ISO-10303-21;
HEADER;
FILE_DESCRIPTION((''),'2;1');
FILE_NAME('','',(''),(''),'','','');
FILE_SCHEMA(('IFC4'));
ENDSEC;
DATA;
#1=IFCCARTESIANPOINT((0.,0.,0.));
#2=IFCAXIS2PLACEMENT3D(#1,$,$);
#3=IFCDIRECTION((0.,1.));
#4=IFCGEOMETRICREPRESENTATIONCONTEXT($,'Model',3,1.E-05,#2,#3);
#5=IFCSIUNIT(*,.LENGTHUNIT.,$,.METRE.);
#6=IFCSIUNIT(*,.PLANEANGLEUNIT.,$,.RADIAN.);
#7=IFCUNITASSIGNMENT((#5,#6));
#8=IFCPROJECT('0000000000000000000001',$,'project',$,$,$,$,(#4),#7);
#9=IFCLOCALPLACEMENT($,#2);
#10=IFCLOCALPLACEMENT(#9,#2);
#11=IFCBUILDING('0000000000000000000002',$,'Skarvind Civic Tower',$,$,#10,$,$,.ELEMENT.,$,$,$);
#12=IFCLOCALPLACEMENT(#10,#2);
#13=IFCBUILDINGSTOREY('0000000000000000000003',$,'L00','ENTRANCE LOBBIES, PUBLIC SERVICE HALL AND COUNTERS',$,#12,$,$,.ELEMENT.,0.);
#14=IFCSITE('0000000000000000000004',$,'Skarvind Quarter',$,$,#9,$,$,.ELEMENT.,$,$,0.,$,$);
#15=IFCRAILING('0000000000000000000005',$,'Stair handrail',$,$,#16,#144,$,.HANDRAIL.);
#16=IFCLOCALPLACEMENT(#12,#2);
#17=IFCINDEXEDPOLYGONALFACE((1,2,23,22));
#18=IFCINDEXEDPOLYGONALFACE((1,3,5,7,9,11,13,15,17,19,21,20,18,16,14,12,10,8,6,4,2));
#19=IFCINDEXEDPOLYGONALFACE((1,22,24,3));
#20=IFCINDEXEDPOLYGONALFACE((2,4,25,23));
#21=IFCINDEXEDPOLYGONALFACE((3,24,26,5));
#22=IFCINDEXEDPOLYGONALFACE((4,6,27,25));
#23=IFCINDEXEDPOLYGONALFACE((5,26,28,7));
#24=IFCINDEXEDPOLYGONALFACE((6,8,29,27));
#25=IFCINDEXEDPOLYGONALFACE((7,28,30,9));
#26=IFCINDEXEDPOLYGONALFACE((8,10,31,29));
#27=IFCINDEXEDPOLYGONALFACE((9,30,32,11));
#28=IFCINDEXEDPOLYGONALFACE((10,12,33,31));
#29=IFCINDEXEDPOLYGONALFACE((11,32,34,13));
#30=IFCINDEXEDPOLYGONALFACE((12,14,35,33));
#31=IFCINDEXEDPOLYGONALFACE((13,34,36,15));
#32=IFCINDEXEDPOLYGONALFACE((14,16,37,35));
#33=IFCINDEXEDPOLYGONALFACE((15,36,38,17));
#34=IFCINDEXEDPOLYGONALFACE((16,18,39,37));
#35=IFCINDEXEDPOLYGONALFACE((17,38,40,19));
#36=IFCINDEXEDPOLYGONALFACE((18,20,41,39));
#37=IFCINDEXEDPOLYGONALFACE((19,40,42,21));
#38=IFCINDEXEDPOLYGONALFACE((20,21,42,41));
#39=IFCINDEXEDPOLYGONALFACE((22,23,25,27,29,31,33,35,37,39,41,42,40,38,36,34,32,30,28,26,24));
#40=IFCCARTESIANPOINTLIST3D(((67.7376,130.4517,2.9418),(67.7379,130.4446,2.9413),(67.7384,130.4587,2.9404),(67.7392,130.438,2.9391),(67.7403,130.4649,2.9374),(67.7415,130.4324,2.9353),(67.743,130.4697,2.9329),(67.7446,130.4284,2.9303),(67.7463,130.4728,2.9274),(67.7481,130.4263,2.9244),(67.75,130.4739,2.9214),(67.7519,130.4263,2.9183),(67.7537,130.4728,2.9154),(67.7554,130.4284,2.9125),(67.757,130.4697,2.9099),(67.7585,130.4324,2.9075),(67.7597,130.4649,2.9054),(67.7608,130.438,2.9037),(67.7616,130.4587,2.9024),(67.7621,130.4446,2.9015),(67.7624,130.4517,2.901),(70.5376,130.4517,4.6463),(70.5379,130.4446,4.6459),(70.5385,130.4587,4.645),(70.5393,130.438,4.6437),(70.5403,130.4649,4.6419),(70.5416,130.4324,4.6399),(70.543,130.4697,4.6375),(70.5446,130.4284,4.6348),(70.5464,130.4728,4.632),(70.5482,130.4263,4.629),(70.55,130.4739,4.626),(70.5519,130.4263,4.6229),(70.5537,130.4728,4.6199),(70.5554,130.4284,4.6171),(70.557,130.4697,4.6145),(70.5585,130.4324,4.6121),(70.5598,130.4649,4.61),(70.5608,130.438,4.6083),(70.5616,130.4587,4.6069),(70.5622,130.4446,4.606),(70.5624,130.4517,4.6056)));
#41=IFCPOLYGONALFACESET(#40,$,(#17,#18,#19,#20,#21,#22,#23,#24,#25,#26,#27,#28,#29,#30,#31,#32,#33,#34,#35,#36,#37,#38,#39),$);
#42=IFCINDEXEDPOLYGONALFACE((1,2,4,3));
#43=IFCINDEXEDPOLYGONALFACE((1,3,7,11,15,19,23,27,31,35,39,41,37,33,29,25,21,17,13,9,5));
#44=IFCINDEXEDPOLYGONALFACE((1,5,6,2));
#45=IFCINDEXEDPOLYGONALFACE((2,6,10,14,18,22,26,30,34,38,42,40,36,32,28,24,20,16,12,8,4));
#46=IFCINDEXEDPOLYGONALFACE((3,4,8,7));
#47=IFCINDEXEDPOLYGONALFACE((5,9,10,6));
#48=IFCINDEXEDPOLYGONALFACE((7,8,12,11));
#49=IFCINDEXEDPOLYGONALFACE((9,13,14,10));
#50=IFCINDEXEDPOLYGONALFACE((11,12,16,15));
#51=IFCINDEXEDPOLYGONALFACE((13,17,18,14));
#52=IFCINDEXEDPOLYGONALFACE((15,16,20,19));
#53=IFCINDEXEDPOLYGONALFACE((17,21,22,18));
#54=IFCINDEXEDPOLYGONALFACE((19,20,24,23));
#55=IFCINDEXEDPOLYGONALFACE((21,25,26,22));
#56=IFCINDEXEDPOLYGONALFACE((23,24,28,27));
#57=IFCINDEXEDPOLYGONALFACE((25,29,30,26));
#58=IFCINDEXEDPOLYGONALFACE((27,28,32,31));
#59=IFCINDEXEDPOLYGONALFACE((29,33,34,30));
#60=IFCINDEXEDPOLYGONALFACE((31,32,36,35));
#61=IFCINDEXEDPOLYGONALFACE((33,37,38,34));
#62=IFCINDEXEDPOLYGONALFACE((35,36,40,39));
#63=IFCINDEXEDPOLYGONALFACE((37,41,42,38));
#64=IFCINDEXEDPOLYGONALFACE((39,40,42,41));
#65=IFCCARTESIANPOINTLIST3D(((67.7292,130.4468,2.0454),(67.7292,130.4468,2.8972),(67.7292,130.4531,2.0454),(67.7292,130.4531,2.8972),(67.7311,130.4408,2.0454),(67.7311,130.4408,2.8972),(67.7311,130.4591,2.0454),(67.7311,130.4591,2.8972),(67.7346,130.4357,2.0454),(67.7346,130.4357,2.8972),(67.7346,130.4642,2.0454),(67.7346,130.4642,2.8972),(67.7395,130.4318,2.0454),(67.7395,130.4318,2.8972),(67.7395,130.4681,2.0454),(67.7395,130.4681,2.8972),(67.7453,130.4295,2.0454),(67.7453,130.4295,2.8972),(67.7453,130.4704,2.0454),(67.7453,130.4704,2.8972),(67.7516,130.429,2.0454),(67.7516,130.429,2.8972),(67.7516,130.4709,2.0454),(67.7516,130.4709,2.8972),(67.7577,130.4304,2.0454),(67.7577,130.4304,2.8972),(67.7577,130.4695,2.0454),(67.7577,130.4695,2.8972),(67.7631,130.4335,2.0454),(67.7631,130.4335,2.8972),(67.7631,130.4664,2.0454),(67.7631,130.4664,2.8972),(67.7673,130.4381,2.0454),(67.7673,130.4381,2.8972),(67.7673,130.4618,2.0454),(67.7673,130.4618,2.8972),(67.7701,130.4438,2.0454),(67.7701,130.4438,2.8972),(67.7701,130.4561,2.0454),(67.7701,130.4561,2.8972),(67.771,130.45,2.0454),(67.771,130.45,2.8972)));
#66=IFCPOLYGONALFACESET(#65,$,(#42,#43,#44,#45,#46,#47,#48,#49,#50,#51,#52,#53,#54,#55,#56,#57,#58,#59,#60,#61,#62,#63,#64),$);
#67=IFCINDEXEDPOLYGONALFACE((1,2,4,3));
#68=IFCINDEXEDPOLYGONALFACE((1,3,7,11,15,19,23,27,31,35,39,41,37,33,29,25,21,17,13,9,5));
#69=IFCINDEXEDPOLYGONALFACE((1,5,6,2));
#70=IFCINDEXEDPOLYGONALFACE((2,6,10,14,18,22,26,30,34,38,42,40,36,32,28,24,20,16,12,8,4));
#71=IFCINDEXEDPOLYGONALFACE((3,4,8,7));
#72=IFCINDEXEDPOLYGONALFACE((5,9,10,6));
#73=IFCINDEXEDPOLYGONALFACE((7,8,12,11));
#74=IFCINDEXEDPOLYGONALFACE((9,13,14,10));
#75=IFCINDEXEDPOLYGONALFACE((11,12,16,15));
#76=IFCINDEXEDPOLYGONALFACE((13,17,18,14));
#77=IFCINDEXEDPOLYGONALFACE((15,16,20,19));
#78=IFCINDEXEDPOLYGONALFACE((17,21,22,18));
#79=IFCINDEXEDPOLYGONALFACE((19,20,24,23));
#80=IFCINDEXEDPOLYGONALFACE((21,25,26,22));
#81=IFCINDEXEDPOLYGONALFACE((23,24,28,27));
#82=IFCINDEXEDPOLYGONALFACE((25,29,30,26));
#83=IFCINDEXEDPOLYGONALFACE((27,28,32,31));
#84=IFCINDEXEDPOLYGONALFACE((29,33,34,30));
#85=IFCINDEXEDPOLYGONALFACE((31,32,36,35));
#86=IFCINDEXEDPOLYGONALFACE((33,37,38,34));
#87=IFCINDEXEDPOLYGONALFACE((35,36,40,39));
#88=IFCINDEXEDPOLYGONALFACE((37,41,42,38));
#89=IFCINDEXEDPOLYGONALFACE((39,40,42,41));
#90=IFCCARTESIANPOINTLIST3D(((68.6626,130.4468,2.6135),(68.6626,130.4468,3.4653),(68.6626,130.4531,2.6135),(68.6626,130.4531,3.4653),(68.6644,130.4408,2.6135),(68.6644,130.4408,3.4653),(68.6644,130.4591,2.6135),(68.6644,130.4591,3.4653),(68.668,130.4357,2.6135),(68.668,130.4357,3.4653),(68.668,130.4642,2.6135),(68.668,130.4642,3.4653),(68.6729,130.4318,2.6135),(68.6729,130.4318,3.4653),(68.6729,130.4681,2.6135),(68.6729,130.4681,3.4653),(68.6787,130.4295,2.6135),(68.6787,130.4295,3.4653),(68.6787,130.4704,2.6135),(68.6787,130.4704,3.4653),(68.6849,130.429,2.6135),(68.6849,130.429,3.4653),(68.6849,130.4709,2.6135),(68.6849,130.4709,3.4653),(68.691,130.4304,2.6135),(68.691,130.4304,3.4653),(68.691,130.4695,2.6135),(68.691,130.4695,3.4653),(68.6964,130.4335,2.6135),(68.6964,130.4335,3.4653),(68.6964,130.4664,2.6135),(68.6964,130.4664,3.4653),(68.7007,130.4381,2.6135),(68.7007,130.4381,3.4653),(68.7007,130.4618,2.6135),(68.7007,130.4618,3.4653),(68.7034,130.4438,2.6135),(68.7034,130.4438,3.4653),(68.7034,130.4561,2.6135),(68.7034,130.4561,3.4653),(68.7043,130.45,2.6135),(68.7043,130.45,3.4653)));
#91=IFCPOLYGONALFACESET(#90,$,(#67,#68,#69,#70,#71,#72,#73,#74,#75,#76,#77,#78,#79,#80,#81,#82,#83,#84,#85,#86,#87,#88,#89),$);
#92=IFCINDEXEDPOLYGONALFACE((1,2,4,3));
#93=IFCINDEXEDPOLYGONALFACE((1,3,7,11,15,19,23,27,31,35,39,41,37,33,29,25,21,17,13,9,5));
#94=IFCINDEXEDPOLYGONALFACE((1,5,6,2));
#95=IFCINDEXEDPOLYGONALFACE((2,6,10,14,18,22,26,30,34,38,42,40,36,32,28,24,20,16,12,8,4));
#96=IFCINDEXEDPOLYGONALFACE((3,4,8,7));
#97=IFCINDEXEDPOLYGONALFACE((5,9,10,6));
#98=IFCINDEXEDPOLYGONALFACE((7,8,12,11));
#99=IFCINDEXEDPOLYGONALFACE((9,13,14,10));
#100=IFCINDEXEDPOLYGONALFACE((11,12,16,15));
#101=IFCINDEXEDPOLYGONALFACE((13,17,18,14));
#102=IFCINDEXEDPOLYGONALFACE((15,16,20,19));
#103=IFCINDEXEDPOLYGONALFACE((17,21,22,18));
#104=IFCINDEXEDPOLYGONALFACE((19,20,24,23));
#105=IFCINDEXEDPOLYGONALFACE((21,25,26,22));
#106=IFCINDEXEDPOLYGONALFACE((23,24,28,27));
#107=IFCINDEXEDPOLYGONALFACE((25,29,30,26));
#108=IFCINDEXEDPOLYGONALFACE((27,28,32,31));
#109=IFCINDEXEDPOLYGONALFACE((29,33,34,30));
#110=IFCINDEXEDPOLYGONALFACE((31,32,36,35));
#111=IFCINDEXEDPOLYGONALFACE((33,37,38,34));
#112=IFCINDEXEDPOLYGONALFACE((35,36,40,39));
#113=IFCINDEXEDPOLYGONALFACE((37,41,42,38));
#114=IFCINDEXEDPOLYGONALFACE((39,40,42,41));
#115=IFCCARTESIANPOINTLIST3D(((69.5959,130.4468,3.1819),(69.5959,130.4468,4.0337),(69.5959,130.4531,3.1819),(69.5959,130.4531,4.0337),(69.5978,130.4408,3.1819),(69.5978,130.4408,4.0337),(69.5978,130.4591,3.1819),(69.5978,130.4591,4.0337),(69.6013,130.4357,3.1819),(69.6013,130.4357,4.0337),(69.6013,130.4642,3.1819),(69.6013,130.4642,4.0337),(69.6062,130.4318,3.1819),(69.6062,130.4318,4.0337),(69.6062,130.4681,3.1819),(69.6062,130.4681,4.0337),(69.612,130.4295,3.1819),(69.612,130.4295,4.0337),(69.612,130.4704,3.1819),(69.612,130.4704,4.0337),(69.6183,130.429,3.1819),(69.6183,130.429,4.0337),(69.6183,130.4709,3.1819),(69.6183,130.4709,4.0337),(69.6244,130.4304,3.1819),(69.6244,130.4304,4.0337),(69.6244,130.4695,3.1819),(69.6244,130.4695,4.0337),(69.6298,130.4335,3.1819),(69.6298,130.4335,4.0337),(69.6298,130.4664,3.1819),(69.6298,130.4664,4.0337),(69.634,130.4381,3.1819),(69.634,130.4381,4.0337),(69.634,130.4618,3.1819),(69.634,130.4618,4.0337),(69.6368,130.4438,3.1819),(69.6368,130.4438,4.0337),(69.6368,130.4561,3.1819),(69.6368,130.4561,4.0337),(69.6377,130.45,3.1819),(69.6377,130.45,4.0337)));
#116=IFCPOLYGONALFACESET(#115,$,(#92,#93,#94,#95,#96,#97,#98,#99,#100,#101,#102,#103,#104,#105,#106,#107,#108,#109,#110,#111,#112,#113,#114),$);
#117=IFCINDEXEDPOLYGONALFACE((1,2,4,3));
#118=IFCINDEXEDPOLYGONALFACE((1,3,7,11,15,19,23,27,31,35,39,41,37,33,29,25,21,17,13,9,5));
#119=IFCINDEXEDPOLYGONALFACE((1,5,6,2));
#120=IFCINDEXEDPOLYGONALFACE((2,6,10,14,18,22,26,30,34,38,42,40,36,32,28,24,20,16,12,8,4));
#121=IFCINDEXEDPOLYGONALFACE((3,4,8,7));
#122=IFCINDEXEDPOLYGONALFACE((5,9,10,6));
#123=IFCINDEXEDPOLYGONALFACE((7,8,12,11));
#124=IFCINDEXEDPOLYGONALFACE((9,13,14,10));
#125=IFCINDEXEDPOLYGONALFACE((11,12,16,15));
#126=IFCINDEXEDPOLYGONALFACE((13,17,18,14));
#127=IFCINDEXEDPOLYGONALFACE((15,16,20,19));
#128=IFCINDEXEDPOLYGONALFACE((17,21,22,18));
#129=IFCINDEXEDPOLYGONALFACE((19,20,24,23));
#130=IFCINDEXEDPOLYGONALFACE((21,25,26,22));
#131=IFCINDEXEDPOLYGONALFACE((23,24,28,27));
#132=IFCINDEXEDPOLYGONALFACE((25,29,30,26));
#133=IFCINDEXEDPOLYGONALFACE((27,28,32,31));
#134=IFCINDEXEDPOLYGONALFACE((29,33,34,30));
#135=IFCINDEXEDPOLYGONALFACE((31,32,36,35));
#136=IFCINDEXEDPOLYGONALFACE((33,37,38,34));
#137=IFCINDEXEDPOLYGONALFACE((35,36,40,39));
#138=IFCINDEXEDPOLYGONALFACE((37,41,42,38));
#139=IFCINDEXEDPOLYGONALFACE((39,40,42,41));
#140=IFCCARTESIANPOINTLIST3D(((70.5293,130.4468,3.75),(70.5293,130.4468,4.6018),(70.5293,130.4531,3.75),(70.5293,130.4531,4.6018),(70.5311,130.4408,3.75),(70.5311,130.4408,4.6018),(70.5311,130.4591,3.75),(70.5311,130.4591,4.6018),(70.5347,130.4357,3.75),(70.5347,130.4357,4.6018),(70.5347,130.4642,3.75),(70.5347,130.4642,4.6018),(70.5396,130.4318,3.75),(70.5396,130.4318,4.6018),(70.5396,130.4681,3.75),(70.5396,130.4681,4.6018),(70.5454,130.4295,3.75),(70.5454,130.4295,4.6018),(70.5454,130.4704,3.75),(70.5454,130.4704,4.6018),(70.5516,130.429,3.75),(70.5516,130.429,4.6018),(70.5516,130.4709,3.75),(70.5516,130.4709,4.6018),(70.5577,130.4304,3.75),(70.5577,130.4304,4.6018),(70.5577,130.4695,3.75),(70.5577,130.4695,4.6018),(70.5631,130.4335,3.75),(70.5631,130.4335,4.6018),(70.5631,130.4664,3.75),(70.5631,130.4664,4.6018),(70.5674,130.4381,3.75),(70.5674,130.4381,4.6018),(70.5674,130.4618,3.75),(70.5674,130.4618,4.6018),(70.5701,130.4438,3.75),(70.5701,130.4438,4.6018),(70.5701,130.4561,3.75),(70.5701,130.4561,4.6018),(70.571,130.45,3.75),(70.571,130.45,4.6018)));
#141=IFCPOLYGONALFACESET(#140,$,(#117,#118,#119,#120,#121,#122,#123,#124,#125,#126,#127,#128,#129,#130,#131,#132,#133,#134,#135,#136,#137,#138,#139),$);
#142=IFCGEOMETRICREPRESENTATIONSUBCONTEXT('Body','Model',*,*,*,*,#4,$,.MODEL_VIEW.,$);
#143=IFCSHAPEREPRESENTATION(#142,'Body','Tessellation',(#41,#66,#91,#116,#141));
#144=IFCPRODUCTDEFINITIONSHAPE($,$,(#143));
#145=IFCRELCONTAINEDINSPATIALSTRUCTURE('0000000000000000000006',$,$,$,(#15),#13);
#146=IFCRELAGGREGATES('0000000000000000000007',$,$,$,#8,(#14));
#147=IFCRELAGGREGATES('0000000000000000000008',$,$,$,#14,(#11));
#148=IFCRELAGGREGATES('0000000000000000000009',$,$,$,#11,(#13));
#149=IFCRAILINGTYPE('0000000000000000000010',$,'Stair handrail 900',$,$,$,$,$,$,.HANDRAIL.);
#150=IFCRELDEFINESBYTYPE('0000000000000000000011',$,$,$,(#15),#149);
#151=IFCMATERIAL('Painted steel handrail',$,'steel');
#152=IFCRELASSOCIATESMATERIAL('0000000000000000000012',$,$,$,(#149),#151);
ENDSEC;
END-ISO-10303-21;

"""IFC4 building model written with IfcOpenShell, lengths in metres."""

from ifc_helpers import new_model, si_unit, direction, frame, origin, origin_2d, place, context, subcontext, project, spatial, circle, extrude, material, type_object, element, save


model = new_model("IFC4")

# Units and contexts
model_context = context("Model", 3, precision=1e-05, world=origin(), true_north=direction((0.0, 1.0)))
body_context = subcontext(model_context, "Body", "Model", "MODEL_VIEW")
ifc_project = project(units=[si_unit("LENGTHUNIT", "METRE"), si_unit("PLANEANGLEUNIT", "RADIAN")], contexts=[model_context])

# Site, building, storey
site_placement = place(None, origin())
site = spatial("IfcSite", under=ifc_project, at=site_placement, Name="Skarvind Quarter", CompositionType="ELEMENT", RefElevation=0.0)
building_placement = place(site_placement, origin())
building = spatial("IfcBuilding", under=site, at=building_placement, Name="Skarvind Civic Tower", CompositionType="ELEMENT")
storey_placement = place(building_placement, origin())
storey = spatial("IfcBuildingStorey", under=building, at=storey_placement, Name="L00", Description="ENTRANCE LOBBIES, PUBLIC SERVICE HALL AND COUNTERS", CompositionType="ELEMENT", Elevation=0.0)

# Railing
ifc_material_1 = material(Name="Painted steel handrail", Category="steel")
railing_type = type_object("IfcRailingType", Name="Stair handrail 900", PredefinedType="HANDRAIL", material=ifc_material_1)
for number, where, name in (
    (1, (67.75, 130.45, 2.0454), "Stair handrail"),
):
    element("IfcRailing", number, at=place(storey_placement, frame(where)), inside=storey, type_object=railing_type, Name=name, PredefinedType="HANDRAIL", context=body_context, shape_type="SweptSolid", body=[
        extrude(circle(Radius=0.0239, at=origin_2d()), frame((0.0, 0.0, 0.876), z_axis=(0.85417, 0.0, 0.519994), x_axis=(0.0, 1.0, 0.0)), (0.0, 0.0, 1.0), 3.2781),
        extrude(circle(Radius=0.021, at=origin_2d()), origin(), (0.0, 0.0, 1.0), 0.8518),
        extrude(circle(Radius=0.021, at=origin_2d()), frame((0.9333, 0.0, 0.5681)), (0.0, 0.0, 1.0), 0.8518),
        extrude(circle(Radius=0.021, at=origin_2d()), frame((1.8667, 0.0, 1.1365)), (0.0, 0.0, 1.0), 0.8518),
        extrude(circle(Radius=0.021, at=origin_2d()), frame((2.8, 0.0, 1.7046)), (0.0, 0.0, 1.0), 0.8518),
    ])

save(model, "model.ifc")
